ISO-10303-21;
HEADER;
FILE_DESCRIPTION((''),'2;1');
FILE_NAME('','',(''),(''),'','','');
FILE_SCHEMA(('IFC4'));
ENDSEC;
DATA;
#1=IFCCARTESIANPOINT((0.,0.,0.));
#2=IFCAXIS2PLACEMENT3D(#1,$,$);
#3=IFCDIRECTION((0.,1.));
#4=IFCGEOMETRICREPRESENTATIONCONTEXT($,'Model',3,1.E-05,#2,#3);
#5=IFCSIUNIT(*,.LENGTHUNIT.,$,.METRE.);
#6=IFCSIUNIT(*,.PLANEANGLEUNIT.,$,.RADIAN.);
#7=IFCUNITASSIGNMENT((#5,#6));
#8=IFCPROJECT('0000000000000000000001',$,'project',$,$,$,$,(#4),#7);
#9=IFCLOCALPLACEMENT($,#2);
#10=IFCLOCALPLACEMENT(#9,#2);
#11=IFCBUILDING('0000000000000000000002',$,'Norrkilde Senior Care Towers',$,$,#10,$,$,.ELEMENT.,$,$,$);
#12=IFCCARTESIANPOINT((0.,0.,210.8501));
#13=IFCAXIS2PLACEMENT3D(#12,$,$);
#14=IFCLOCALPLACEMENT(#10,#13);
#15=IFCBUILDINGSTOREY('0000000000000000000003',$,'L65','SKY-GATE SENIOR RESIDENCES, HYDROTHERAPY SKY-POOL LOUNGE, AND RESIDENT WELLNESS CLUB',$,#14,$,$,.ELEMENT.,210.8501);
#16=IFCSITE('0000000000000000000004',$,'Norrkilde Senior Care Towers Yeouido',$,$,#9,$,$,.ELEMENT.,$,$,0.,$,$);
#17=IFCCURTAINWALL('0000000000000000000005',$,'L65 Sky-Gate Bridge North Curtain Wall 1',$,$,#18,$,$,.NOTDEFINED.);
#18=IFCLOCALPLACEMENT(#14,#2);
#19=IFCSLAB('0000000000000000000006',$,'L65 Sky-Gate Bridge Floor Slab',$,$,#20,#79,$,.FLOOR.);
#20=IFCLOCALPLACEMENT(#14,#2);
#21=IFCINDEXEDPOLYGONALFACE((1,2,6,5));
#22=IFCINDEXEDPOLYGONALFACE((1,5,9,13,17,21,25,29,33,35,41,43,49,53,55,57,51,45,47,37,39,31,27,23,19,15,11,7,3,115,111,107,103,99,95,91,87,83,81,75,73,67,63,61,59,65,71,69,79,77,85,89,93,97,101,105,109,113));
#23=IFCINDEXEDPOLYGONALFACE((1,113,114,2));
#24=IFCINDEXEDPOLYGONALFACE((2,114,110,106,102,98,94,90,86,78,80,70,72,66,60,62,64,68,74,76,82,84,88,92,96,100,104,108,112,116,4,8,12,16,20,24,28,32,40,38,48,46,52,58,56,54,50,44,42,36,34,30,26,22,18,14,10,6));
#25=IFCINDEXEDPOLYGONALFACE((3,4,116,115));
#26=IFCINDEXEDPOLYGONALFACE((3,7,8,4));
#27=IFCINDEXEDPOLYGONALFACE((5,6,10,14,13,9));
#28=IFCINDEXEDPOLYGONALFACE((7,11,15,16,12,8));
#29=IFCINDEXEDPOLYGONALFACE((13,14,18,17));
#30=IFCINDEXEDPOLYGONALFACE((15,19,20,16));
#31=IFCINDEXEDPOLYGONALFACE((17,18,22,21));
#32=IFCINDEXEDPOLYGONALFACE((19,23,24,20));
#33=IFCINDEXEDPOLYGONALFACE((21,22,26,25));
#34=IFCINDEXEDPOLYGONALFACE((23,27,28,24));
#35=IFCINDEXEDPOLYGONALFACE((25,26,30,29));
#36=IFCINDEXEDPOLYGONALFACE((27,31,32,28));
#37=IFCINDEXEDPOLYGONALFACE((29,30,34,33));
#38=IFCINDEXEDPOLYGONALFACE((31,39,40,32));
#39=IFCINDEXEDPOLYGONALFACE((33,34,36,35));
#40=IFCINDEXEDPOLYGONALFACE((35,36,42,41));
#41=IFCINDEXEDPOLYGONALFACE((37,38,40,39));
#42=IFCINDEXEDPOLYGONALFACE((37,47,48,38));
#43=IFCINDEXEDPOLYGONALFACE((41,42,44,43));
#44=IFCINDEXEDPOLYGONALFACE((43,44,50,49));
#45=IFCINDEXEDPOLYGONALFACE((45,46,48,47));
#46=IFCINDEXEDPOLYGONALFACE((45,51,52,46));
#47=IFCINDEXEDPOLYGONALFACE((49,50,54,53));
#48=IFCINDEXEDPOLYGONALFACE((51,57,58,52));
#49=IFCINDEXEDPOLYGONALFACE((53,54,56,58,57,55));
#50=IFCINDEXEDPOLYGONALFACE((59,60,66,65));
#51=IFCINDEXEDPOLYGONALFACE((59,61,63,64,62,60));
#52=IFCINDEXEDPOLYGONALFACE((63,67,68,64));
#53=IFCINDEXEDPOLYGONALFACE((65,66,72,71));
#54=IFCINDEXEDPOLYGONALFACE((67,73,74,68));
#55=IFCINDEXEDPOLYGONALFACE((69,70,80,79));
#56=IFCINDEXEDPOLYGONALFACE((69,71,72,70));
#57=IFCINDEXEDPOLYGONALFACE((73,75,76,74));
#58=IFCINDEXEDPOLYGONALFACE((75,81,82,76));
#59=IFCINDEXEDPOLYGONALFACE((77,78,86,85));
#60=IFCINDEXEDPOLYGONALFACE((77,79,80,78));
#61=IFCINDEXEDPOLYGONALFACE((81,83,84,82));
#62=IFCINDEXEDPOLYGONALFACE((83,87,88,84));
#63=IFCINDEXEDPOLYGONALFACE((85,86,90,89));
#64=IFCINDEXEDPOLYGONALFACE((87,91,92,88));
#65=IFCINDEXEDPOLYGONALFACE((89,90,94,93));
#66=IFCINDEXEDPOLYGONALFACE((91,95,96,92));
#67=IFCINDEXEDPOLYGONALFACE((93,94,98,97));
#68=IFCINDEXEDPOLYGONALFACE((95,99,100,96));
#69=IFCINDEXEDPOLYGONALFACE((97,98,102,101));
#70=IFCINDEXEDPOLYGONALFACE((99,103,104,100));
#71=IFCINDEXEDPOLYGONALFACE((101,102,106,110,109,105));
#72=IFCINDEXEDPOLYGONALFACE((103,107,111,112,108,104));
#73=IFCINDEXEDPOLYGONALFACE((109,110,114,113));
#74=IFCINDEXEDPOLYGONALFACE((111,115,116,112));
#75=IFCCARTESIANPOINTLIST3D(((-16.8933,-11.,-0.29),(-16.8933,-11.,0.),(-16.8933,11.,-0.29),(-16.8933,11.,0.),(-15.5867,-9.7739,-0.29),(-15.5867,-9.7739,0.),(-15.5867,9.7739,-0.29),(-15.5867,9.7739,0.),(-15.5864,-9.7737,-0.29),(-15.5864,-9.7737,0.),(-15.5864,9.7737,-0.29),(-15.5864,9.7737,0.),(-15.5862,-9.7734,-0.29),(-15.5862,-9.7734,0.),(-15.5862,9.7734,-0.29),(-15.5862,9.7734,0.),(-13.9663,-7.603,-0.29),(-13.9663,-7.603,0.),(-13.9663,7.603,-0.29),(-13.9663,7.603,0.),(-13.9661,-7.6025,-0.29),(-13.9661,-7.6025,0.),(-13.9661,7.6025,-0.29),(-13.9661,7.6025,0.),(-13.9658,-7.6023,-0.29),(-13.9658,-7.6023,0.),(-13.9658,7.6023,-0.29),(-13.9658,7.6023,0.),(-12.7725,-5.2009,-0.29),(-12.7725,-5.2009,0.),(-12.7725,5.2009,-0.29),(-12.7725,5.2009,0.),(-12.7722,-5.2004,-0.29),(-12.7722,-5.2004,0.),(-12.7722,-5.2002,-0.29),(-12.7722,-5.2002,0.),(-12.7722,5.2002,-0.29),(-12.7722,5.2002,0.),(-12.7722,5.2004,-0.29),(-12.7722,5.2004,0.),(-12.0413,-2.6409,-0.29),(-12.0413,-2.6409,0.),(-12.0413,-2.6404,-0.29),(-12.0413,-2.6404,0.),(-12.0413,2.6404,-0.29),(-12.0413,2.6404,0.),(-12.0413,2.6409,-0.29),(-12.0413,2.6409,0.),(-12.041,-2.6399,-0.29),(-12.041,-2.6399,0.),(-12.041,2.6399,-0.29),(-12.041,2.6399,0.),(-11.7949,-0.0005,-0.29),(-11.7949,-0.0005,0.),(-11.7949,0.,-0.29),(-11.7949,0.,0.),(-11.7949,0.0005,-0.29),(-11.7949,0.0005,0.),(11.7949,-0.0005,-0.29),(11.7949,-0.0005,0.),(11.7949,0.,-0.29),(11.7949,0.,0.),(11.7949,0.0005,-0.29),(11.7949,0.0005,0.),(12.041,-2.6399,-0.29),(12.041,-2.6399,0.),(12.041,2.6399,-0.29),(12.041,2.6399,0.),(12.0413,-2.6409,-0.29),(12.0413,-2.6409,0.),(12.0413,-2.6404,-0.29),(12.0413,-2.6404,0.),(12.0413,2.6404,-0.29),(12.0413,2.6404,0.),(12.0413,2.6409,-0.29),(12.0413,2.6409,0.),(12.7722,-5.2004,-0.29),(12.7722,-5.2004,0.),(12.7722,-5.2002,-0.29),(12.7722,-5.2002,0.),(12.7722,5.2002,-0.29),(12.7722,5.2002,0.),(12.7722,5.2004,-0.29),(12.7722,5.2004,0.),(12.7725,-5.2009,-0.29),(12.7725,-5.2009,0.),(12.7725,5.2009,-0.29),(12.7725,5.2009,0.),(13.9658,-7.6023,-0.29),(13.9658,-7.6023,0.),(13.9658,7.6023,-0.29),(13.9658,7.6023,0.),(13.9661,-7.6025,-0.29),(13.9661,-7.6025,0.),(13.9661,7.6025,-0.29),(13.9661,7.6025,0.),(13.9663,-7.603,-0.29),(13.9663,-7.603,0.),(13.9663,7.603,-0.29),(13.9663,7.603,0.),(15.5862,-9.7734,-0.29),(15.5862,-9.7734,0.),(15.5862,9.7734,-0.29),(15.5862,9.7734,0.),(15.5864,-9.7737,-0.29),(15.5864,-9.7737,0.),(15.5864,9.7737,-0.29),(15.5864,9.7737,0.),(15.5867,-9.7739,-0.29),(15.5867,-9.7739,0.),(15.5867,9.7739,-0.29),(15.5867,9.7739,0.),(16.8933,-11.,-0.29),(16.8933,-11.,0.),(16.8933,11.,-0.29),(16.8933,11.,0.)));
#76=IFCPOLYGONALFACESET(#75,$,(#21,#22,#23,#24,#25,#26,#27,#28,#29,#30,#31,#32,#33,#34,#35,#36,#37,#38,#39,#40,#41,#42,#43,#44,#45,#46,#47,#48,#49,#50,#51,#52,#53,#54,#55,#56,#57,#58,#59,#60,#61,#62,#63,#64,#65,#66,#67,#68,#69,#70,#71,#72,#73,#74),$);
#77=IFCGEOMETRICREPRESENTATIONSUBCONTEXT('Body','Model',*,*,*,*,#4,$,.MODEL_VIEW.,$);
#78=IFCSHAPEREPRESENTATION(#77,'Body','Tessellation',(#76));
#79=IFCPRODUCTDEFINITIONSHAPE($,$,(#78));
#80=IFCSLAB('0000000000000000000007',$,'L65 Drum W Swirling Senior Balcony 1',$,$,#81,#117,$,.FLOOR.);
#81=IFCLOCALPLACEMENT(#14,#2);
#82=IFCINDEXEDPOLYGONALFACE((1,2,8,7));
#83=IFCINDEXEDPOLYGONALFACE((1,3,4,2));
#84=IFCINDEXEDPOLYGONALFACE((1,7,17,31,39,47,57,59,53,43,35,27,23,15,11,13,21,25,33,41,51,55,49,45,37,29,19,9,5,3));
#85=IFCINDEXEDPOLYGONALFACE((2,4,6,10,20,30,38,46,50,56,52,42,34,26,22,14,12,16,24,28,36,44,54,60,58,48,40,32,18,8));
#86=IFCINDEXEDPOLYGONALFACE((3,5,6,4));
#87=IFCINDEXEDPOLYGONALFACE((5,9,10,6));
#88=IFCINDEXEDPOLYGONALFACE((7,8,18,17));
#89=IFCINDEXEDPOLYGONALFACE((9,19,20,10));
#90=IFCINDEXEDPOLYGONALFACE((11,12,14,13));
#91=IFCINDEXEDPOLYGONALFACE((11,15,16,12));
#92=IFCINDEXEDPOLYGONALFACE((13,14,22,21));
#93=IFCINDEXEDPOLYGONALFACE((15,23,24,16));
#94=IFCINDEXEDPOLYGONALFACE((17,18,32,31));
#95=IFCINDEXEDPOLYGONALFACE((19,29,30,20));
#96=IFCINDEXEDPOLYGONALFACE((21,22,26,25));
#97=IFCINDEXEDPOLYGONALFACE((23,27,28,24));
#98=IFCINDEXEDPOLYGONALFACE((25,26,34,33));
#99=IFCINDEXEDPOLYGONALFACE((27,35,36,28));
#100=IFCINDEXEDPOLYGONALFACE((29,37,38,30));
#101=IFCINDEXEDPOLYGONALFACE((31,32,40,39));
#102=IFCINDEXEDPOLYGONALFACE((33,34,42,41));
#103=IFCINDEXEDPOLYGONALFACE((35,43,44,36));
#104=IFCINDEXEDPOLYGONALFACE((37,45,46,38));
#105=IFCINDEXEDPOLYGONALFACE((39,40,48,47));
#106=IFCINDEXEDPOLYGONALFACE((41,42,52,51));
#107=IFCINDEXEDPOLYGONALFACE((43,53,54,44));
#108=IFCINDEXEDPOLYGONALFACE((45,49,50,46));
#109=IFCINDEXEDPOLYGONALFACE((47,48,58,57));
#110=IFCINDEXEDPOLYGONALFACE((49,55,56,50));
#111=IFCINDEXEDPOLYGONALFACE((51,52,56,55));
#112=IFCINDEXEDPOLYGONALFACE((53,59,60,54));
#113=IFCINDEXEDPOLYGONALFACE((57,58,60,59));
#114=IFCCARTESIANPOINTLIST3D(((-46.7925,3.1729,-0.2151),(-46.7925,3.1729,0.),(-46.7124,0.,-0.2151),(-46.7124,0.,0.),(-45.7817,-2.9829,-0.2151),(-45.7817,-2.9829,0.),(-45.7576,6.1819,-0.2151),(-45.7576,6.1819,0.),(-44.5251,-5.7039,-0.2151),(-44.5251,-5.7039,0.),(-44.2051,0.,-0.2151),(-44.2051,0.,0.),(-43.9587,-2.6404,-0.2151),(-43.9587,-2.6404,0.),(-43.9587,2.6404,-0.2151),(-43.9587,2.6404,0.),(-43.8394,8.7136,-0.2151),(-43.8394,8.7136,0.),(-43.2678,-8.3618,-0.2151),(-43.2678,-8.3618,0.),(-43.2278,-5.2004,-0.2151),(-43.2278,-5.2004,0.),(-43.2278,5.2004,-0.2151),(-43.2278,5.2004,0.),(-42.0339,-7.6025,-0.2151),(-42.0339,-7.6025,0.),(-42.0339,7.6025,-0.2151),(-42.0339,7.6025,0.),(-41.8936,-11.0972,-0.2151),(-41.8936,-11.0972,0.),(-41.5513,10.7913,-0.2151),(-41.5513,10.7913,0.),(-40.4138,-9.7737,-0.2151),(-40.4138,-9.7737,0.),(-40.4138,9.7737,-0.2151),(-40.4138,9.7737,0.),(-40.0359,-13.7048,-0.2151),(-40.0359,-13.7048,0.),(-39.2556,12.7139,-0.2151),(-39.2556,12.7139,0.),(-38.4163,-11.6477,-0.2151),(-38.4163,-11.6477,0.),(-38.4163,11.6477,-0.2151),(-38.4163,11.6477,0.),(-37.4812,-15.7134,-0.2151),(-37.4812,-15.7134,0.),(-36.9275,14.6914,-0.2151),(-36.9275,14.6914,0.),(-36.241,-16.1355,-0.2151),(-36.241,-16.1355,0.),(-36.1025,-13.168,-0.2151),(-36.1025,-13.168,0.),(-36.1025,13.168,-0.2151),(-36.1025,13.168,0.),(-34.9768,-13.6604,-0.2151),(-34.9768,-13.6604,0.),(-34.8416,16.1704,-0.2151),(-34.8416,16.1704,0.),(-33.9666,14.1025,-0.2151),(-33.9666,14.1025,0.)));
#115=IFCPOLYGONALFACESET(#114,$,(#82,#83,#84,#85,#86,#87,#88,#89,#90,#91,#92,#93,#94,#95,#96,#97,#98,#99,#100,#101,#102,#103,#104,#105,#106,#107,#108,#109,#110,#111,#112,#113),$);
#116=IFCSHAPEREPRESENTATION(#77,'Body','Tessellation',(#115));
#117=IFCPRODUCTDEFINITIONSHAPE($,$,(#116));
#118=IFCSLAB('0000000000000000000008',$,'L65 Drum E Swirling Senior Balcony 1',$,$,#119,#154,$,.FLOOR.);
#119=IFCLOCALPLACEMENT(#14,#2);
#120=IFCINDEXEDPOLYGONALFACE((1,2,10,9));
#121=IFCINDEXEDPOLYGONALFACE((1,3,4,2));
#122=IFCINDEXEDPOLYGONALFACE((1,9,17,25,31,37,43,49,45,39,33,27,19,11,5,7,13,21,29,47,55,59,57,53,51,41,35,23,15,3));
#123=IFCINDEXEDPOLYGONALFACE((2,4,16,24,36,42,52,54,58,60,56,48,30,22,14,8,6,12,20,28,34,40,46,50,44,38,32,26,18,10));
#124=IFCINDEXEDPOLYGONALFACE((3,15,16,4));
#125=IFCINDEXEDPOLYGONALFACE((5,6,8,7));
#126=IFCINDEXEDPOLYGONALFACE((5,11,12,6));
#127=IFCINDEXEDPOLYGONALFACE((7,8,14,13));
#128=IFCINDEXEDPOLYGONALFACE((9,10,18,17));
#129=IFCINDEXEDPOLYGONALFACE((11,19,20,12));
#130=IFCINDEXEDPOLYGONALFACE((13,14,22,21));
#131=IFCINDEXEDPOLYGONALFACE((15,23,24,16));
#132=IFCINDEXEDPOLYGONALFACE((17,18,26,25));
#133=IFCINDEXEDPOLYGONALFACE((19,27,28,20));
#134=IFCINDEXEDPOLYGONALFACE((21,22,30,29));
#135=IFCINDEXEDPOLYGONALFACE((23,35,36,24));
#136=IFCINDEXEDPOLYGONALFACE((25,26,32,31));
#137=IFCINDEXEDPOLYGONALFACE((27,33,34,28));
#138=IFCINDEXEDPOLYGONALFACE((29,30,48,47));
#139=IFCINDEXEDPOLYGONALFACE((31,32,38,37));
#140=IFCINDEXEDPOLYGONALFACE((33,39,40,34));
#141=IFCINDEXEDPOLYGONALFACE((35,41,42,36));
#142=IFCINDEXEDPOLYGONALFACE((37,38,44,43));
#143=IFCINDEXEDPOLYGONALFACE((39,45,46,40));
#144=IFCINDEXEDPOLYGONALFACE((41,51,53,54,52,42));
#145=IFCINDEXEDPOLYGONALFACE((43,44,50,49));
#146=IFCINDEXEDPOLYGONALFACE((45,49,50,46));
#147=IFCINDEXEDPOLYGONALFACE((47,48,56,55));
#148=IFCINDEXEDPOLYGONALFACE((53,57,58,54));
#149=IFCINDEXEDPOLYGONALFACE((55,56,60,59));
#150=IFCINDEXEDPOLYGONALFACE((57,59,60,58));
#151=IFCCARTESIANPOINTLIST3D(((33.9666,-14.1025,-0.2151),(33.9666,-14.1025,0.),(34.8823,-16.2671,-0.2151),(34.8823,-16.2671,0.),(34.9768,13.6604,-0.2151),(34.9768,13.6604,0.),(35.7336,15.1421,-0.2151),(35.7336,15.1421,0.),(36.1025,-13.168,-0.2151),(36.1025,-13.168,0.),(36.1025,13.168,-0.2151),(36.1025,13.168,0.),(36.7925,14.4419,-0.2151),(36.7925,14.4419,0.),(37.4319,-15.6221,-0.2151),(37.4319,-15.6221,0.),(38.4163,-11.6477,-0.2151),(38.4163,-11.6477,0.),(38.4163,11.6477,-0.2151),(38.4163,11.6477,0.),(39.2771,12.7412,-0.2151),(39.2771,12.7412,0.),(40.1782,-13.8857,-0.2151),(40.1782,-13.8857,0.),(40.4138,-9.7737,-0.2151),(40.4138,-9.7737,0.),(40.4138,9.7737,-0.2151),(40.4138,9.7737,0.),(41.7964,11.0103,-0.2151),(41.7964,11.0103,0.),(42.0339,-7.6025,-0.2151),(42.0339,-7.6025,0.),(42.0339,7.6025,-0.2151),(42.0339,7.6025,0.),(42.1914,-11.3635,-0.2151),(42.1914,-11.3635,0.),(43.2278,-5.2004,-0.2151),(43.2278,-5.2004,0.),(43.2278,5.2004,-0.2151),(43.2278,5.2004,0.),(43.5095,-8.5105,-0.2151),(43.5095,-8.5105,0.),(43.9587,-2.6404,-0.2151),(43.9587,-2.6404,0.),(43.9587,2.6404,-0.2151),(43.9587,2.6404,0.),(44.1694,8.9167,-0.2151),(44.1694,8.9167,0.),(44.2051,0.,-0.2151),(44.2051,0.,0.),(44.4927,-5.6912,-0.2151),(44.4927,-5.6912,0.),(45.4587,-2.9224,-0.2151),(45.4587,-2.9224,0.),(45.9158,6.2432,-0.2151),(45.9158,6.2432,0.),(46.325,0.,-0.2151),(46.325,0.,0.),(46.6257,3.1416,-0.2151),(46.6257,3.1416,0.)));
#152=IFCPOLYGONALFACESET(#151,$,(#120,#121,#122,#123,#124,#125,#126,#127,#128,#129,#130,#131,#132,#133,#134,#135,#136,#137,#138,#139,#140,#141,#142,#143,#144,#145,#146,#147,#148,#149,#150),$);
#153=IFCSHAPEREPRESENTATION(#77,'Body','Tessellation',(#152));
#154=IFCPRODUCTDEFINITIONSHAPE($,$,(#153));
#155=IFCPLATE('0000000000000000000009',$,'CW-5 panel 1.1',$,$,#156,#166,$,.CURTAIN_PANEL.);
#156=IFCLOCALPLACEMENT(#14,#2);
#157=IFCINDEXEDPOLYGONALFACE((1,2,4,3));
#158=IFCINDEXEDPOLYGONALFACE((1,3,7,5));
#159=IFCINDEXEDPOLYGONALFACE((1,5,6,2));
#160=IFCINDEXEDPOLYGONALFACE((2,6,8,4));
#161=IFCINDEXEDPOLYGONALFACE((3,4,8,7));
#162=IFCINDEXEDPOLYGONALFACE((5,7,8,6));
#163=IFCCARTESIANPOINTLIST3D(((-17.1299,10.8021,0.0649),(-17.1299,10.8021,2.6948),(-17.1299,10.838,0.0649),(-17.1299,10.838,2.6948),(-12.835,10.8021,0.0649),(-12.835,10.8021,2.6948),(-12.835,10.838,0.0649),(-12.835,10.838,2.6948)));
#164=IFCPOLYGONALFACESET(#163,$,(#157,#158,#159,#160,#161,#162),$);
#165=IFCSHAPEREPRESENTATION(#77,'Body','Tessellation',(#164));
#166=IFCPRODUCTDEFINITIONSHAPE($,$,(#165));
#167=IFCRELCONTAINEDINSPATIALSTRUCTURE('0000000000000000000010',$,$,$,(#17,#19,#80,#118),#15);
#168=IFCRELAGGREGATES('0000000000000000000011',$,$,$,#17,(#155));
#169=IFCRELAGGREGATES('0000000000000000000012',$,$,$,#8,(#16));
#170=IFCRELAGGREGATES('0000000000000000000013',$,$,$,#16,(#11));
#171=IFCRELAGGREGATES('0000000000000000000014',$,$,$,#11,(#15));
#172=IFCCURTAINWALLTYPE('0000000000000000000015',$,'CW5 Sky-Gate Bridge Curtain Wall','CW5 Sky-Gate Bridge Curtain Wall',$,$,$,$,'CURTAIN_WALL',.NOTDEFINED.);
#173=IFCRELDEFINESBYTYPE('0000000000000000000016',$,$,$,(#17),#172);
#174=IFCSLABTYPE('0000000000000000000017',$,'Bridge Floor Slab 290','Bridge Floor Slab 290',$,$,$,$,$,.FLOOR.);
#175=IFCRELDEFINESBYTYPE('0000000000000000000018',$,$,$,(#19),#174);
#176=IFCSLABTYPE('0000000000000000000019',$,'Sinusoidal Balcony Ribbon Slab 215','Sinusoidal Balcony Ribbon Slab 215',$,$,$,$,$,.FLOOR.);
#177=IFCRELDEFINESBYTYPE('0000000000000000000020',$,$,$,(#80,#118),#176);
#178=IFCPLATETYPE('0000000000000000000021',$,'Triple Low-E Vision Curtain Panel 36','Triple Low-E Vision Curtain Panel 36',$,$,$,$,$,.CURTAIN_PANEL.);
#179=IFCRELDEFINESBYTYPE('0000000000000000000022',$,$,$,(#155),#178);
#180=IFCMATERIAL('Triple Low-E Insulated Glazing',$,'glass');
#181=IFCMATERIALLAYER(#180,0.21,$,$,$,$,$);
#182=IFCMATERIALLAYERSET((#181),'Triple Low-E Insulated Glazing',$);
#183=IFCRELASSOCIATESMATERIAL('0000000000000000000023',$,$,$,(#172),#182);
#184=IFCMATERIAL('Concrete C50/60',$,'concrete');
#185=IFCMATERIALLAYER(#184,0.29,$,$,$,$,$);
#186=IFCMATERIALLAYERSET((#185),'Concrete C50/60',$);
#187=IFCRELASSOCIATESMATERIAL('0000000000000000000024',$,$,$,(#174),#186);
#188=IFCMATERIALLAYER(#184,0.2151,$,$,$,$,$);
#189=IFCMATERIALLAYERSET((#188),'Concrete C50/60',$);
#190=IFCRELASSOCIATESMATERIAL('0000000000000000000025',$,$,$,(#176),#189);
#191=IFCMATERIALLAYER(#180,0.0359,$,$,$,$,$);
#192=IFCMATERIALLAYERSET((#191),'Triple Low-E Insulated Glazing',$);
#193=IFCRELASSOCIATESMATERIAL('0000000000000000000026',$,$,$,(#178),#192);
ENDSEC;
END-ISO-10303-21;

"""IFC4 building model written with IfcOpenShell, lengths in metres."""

from ifc_helpers import new_model, si_unit, direction, frame, origin, origin_2d, place, context, subcontext, project, spatial, polyline, rectangle, outline, extrude, source, transform, mapped, material, layer, layer_set, type_object, element, aggregate, save


model = new_model("IFC4")

# Units and contexts
model_context = context("Model", 3, precision=1e-05, world=origin(), true_north=direction((0.0, 1.0)))
body_context = subcontext(model_context, "Body", "Model", "MODEL_VIEW")
ifc_project = project(units=[si_unit("LENGTHUNIT", "METRE"), si_unit("PLANEANGLEUNIT", "RADIAN")], contexts=[model_context])

# Site, building, storey
site_placement = place(None, origin())
site = spatial("IfcSite", under=ifc_project, at=site_placement, Name="Norrkilde Senior Care Towers Yeouido", CompositionType="ELEMENT", RefElevation=0.0)
building_placement = place(site_placement, origin())
building = spatial("IfcBuilding", under=site, at=building_placement, Name="Norrkilde Senior Care Towers", CompositionType="ELEMENT")
storey_placement = place(building_placement, frame((0.0, 0.0, 210.8501)))
storey = spatial("IfcBuildingStorey", under=building, at=storey_placement, Name="L65", Description="SKY-GATE SENIOR RESIDENCES, HYDROTHERAPY SKY-POOL LOUNGE, AND RESIDENT WELLNESS CLUB", CompositionType="ELEMENT", Elevation=210.8501)

# Shared definitions
ifc_material_1 = material(Name="Concrete C50/60", Category="concrete")

# Curtain wall
ifc_material_2 = material(Name="Triple Low-E Insulated Glazing", Category="glass")
ifc_layer_1 = layer(ifc_material_2, 0.21)
ifc_layer_set_1 = layer_set([ifc_layer_1], Name="Triple Low-E Insulated Glazing")
curtain_wall_type = type_object("IfcCurtainWallType", Name="CW5 Sky-Gate Bridge Curtain Wall", Description="CW5 Sky-Gate Bridge Curtain Wall", ElementType="CURTAIN_WALL", PredefinedType="NOTDEFINED", material=ifc_layer_set_1)
curtain_wall_1_placement = place(storey_placement, origin())
curtain_wall_1 = element("IfcCurtainWall", 1, at=curtain_wall_1_placement, inside=storey, type_object=curtain_wall_type, Name="L65 Sky-Gate Bridge North Curtain Wall 1", PredefinedType="NOTDEFINED")

# Slabs
ifc_layer_2 = layer(ifc_material_1, 0.29)
ifc_layer_set_2 = layer_set([ifc_layer_2], Name="Concrete C50/60")
slab_type_1 = type_object("IfcSlabType", Name="Bridge Floor Slab 290", Description="Bridge Floor Slab 290", PredefinedType="FLOOR", material=ifc_layer_set_2)
slab_1_placement = place(storey_placement, frame((0.0, 0.0, -0.29)))
element("IfcSlab", 2, at=slab_1_placement, inside=storey, type_object=slab_type_1, Name="L65 Sky-Gate Bridge Floor Slab", PredefinedType="FLOOR", context=body_context, shape_type="SweptSolid", body=[
    extrude(outline(polyline([(16.8933, 11.0), (15.5867, 9.7739), (15.5864, 9.7737), (15.5862, 9.7734), (13.9663, 7.603), (13.9661, 7.6025), (13.9658, 7.6023), (12.7725, 5.2009), (12.7722, 5.2004), (12.7722, 5.2002), (12.0413, 2.6409), (12.0413, 2.6404), (12.041, 2.6399), (11.7949, 0.0005), (11.7949, 0.0), (11.7949, -0.0005), (12.041, -2.6399), (12.0413, -2.6404), (12.0413, -2.6409), (12.7722, -5.2002), (12.7722, -5.2004), (12.7725, -5.2009), (13.9658, -7.6023), (13.9661, -7.6025), (13.9663, -7.603), (15.5862, -9.7734), (15.5864, -9.7737), (15.5867, -9.7739), (16.8933, -11.0), (-16.8933, -11.0), (-15.5867, -9.7739), (-15.5864, -9.7737), (-15.5862, -9.7734), (-13.9663, -7.603), (-13.9661, -7.6025), (-13.9658, -7.6023), (-12.7725, -5.2009), (-12.7722, -5.2004), (-12.7722, -5.2002), (-12.0413, -2.6409), (-12.0413, -2.6404), (-12.041, -2.6399), (-11.7949, -0.0005), (-11.7949, 0.0), (-11.7949, 0.0005), (-12.041, 2.6399), (-12.0413, 2.6404), (-12.0413, 2.6409), (-12.7722, 5.2002), (-12.7722, 5.2004), (-12.7725, 5.2009), (-13.9658, 7.6023), (-13.9661, 7.6025), (-13.9663, 7.603), (-15.5862, 9.7734), (-15.5864, 9.7737), (-15.5867, 9.7739), (-16.8933, 11.0), (16.8933, 11.0)])), origin(), (0.0, 0.0, 1.0), 0.29),
])
ifc_layer_3 = layer(ifc_material_1, 0.2151)
ifc_layer_set_3 = layer_set([ifc_layer_3], Name="Concrete C50/60")
slab_type_2 = type_object("IfcSlabType", Name="Sinusoidal Balcony Ribbon Slab 215", Description="Sinusoidal Balcony Ribbon Slab 215", PredefinedType="FLOOR", material=ifc_layer_set_3)
slab_2_placement = place(storey_placement, frame((0.0, 0.0, -0.2151)))
element("IfcSlab", 3, at=slab_2_placement, inside=storey, type_object=slab_type_2, Name="L65 Drum W Swirling Senior Balcony 1", PredefinedType="FLOOR", context=body_context, shape_type="SweptSolid", body=[
    extrude(outline(polyline([(-41.8936, -11.0972), (-43.2678, -8.3618), (-44.5251, -5.7039), (-45.7817, -2.9829), (-46.7124, 0.0), (-46.7925, 3.1729), (-45.7576, 6.1819), (-43.8394, 8.7136), (-41.5513, 10.7913), (-39.2556, 12.7139), (-36.9275, 14.6914), (-34.8416, 16.1704), (-33.9666, 14.1025), (-36.1025, 13.168), (-38.4163, 11.6477), (-40.4138, 9.7737), (-42.0339, 7.6025), (-43.2278, 5.2004), (-43.9587, 2.6404), (-44.2051, 0.0), (-43.9587, -2.6404), (-43.2278, -5.2004), (-42.0339, -7.6025), (-40.4138, -9.7737), (-38.4163, -11.6477), (-36.1025, -13.168), (-34.9768, -13.6604), (-36.241, -16.1355), (-37.4812, -15.7134), (-40.0359, -13.7048), (-41.8936, -11.0972)])), origin(), (0.0, 0.0, 1.0), 0.2151),
])
slab_3_placement = place(storey_placement, frame((0.0, 0.0, -0.2151)))
element("IfcSlab", 4, at=slab_3_placement, inside=storey, type_object=slab_type_2, Name="L65 Drum E Swirling Senior Balcony 1", PredefinedType="FLOOR", context=body_context, shape_type="SweptSolid", body=[
    extrude(outline(polyline([(42.1914, -11.3635), (40.1782, -13.8857), (37.4319, -15.6221), (34.8823, -16.2671), (33.9666, -14.1025), (36.1025, -13.168), (38.4163, -11.6477), (40.4138, -9.7737), (42.0339, -7.6025), (43.2278, -5.2004), (43.9587, -2.6404), (44.2051, 0.0), (43.9587, 2.6404), (43.2278, 5.2004), (42.0339, 7.6025), (40.4138, 9.7737), (38.4163, 11.6477), (36.1025, 13.168), (34.9768, 13.6604), (35.7336, 15.1421), (36.7925, 14.4419), (39.2771, 12.7412), (41.7964, 11.0103), (44.1694, 8.9167), (45.9158, 6.2432), (46.6257, 3.1416), (46.325, 0.0), (45.4587, -2.9224), (44.4927, -5.6912), (43.5095, -8.5105), (42.1914, -11.3635)])), origin(), (0.0, 0.0, 1.0), 0.2151),
])

# Plate
ifc_layer_4 = layer(ifc_material_2, 0.0359)
ifc_layer_set_4 = layer_set([ifc_layer_4], Name="Triple Low-E Insulated Glazing")
plate_type = type_object("IfcPlateType", Name="Triple Low-E Vision Curtain Panel 36", Description="Triple Low-E Vision Curtain Panel 36", PredefinedType="CURTAIN_PANEL", material=ifc_layer_set_4)
shared_shape_1 = source(origin(), body_context, "Body", "SweptSolid", [
    extrude(rectangle(XDim=4.2949, YDim=0.0359, at=origin_2d()), origin(), (0.0, 0.0, 1.0), 2.6299),
])
plate_1_placement = place(storey_placement, frame((-14.9824, 10.8201, 0.0649), z_axis=(0.0, 0.0, 1.0), x_axis=(1.0, 0.0, 0.0)))
plate_1 = element("IfcPlate", 5, at=plate_1_placement, type_object=plate_type, Name="CW-5 panel 1.1", PredefinedType="CURTAIN_PANEL", context=body_context, shape_type="MappedRepresentation", body=[
    mapped(shared_shape_1, transform((0.0, 0.0, 0.0), x_axis=(1.0, 0.0, 0.0), y_axis=(0.0, 1.0, 0.0), z_axis=(0.0, 0.0, 1.0), scale=1.0)),
])
aggregate(curtain_wall_1, [plate_1])

save(model, "model.ifc")
